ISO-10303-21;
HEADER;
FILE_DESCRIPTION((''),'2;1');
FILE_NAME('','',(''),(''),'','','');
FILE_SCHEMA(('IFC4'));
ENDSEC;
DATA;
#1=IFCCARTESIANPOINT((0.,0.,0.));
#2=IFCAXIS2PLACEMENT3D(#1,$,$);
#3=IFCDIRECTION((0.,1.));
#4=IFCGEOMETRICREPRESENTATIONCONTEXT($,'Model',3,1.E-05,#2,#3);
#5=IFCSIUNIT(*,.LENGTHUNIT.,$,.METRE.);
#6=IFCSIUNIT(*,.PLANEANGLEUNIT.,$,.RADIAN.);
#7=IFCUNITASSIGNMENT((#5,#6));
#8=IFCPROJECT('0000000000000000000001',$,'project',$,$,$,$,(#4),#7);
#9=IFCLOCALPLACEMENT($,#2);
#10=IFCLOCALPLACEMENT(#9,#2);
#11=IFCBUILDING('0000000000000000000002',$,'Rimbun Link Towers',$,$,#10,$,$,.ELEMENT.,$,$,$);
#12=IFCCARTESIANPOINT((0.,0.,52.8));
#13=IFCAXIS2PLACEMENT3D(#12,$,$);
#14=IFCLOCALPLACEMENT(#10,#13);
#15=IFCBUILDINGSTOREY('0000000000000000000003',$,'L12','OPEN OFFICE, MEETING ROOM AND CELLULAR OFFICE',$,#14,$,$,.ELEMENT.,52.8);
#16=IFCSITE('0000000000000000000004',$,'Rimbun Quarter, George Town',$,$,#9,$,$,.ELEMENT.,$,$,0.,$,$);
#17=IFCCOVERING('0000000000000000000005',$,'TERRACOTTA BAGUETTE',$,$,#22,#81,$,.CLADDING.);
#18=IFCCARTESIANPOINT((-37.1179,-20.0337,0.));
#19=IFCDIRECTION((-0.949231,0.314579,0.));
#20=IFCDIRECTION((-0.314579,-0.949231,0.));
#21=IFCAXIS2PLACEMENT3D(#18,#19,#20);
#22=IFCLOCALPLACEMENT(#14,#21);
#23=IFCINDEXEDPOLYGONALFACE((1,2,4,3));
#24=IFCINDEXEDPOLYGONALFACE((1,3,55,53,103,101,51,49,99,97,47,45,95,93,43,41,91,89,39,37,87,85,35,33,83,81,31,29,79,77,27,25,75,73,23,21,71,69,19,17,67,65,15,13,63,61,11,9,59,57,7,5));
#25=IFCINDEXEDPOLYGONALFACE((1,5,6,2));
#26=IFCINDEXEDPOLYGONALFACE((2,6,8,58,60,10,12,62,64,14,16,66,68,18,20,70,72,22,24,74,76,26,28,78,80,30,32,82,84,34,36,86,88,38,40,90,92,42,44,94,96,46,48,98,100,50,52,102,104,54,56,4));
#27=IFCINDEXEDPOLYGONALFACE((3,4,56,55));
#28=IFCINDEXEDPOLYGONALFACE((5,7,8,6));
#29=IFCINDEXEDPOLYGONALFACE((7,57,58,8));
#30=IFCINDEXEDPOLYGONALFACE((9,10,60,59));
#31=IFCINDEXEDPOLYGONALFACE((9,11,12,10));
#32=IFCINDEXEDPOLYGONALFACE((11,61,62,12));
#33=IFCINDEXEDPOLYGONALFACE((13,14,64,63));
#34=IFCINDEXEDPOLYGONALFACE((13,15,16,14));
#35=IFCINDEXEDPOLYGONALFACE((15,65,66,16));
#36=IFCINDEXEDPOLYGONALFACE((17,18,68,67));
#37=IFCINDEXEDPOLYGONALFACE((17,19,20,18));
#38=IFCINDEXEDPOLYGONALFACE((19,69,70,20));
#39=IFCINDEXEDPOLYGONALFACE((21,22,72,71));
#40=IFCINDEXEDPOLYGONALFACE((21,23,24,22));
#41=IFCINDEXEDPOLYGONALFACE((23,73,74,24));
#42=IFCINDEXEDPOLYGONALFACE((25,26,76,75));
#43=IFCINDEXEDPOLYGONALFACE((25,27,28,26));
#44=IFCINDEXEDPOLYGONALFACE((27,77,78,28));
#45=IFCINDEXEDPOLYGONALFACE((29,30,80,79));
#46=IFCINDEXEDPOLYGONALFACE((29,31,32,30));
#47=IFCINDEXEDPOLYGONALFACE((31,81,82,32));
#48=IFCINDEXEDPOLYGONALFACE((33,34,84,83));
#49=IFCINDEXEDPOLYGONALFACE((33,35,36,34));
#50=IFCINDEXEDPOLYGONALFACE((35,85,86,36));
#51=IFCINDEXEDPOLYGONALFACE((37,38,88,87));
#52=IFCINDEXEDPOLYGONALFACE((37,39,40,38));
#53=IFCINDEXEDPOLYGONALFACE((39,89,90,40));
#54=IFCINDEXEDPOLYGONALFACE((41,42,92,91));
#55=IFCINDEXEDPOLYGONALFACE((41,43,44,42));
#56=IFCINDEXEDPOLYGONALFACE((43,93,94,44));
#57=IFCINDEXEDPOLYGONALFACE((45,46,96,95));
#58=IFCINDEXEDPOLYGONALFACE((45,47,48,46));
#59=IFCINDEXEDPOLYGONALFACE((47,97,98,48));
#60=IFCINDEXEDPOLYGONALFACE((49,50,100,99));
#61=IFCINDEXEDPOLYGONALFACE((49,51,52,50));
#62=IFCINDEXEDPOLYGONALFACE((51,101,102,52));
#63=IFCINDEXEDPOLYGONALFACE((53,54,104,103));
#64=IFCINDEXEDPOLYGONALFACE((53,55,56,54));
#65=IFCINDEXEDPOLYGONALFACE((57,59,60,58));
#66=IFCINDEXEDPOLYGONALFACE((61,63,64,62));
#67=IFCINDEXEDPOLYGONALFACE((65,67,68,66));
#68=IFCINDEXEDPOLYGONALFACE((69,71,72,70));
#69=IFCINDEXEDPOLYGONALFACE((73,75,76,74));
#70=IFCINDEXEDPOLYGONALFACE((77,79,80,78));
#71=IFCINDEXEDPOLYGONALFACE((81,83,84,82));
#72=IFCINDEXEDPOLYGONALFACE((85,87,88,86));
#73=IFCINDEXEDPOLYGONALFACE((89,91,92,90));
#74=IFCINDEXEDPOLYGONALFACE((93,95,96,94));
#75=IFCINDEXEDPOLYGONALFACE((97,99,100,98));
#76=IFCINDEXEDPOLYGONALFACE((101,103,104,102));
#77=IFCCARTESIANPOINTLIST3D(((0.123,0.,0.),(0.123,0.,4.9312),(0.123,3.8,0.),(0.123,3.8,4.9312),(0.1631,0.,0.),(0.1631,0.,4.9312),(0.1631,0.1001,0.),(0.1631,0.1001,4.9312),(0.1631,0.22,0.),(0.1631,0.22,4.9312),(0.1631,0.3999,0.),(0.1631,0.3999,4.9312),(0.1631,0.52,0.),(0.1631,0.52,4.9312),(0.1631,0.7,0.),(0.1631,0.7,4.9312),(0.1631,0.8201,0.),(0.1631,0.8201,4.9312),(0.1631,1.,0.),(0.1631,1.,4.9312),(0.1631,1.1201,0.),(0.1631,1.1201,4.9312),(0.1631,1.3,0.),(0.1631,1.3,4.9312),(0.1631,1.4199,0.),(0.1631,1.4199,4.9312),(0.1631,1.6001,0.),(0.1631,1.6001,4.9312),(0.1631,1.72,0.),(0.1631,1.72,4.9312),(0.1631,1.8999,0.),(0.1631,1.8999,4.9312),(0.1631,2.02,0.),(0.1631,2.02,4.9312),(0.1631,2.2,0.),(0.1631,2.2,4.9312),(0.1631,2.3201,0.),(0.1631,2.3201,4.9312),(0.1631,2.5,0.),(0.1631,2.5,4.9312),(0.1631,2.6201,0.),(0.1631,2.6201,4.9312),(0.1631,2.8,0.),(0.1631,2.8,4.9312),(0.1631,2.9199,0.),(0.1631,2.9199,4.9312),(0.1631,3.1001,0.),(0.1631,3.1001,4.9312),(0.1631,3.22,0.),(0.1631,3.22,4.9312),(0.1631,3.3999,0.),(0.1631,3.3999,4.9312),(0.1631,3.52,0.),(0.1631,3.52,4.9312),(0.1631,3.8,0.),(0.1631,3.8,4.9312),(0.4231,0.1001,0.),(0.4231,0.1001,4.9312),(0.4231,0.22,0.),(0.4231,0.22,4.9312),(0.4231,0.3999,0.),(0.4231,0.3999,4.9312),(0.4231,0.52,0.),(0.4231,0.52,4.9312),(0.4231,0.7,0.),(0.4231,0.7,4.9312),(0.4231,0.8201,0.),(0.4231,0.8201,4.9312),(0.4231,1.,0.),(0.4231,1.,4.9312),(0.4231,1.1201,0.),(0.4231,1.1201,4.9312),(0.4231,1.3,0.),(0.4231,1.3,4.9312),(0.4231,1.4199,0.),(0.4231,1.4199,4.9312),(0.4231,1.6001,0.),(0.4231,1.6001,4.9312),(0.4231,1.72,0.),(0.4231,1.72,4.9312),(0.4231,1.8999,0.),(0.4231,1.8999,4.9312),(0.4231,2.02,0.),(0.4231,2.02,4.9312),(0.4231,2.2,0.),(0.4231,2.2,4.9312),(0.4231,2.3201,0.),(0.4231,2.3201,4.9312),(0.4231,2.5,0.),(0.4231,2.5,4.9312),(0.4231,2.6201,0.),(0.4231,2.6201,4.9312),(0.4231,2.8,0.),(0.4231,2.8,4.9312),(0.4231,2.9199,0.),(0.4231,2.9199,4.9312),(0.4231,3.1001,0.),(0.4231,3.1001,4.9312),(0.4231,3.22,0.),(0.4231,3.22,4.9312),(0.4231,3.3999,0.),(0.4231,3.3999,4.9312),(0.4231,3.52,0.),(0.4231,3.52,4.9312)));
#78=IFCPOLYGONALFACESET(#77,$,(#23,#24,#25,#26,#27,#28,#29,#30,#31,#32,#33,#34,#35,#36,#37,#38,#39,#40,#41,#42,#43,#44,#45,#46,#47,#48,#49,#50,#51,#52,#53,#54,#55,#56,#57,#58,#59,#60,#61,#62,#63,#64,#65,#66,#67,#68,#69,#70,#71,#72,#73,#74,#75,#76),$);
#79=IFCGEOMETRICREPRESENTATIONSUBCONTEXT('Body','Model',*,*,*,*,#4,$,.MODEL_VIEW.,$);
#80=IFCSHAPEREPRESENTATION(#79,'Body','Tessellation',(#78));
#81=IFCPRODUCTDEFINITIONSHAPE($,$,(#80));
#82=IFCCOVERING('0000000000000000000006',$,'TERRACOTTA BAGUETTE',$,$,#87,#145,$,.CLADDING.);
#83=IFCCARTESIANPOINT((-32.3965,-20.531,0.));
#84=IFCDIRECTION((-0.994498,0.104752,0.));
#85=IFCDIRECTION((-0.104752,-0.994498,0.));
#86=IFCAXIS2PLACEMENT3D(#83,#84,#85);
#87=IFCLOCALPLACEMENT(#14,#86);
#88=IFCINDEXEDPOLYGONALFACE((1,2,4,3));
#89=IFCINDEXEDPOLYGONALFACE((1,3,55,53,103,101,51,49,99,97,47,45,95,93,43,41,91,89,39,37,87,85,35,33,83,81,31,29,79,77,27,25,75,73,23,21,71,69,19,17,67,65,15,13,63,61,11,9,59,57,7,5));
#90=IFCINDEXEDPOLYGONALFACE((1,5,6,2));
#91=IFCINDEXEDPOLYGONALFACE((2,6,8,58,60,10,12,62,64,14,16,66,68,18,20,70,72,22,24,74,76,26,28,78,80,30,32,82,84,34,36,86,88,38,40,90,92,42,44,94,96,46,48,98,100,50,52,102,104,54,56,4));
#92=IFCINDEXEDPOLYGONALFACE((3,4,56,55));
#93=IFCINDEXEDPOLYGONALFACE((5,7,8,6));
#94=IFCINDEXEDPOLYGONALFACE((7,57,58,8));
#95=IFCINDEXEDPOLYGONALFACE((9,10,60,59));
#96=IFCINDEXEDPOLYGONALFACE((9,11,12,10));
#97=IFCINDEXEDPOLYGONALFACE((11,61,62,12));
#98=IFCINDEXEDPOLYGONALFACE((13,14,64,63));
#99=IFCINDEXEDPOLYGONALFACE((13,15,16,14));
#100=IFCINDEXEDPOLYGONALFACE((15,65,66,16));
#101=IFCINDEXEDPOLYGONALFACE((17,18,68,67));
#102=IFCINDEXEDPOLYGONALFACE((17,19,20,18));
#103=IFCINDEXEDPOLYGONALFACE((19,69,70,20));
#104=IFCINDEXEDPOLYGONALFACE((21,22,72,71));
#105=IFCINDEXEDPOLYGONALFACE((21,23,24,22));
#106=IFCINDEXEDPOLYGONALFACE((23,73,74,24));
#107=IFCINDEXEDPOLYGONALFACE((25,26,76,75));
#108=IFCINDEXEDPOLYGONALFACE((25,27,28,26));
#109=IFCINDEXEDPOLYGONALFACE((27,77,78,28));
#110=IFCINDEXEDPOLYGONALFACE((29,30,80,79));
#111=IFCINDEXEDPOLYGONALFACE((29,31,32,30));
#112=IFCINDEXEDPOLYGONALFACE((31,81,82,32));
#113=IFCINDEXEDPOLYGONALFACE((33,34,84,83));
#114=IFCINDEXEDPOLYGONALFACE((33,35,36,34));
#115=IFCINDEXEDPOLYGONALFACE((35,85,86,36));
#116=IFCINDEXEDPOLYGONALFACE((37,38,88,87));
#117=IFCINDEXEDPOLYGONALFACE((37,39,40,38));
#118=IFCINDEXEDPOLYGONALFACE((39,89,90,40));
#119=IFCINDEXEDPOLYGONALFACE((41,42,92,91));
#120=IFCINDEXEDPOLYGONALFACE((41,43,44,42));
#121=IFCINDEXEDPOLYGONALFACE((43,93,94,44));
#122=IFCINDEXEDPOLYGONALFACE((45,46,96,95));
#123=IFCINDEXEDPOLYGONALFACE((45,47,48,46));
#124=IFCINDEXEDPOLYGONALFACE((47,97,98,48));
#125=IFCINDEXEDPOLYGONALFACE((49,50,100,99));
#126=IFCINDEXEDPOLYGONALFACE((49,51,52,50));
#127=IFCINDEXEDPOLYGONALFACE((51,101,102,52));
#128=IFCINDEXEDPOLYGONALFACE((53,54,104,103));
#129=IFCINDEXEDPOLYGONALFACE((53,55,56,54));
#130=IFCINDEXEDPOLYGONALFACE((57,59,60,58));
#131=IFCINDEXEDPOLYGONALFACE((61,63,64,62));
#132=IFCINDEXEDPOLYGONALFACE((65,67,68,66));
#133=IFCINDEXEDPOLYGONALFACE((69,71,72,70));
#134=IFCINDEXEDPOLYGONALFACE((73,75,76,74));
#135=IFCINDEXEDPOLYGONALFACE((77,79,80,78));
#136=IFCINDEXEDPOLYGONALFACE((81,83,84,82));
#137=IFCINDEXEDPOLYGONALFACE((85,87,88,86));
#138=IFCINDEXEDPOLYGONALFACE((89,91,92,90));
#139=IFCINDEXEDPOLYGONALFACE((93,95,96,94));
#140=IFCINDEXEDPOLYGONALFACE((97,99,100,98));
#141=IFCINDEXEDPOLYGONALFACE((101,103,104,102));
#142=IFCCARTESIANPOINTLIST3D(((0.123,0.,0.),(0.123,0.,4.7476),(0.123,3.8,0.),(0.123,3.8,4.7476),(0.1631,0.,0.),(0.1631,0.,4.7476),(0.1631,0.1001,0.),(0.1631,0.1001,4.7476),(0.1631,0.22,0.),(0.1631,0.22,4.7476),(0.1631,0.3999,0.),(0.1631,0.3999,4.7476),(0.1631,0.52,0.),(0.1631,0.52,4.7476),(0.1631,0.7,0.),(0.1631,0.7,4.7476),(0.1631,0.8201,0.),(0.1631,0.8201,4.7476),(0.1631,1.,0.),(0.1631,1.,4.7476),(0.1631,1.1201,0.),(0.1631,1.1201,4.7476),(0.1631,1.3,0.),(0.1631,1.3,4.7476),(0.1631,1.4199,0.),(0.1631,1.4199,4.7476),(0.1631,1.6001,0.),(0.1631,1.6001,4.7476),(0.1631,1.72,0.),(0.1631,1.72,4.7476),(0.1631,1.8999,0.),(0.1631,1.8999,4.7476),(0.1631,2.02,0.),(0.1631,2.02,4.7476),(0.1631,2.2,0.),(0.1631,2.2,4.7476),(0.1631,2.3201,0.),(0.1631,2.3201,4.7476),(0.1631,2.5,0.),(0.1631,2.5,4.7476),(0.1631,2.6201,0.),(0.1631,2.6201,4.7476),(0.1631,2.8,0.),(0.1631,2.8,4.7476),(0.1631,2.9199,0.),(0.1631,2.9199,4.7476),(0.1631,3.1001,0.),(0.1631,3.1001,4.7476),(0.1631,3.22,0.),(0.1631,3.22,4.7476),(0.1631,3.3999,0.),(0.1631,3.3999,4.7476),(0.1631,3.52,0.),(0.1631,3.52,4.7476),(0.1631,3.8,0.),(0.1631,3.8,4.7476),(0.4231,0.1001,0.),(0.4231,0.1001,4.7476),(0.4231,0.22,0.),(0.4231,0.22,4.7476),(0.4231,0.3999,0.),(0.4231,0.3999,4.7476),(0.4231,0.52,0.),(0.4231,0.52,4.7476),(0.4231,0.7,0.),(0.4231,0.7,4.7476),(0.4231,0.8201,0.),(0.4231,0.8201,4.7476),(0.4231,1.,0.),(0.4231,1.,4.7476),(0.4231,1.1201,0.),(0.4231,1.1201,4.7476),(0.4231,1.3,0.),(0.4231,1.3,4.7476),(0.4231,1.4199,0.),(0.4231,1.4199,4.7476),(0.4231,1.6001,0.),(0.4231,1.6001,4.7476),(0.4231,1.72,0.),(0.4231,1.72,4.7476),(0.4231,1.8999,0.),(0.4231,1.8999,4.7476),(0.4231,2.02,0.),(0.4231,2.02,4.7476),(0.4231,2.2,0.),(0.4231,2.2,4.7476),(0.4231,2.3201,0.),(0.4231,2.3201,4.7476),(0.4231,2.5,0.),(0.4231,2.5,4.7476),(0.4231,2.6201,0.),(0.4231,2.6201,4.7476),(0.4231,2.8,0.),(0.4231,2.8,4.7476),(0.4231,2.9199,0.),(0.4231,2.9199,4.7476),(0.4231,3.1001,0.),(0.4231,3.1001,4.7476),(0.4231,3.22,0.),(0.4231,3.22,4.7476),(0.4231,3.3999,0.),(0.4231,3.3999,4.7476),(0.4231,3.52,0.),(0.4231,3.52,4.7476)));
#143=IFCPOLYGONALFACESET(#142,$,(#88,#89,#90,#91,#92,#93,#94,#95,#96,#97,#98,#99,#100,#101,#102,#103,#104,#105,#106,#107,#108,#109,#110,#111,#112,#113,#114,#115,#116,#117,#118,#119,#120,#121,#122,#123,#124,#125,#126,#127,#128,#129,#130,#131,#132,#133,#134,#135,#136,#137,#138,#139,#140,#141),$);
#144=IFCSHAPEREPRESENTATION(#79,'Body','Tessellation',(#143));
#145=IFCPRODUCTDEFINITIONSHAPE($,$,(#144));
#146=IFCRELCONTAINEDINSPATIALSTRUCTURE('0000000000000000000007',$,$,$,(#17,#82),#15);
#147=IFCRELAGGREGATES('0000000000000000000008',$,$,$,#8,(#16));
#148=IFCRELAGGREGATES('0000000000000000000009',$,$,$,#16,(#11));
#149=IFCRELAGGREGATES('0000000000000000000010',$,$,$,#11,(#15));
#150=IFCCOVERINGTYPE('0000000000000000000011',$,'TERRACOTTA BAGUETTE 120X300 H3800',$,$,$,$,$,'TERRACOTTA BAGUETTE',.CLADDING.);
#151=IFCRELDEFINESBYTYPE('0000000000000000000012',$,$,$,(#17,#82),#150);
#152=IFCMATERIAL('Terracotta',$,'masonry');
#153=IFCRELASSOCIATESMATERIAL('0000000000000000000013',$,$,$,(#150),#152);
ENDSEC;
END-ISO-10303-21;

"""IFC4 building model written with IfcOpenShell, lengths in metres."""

from ifc_helpers import new_model, si_unit, direction, frame, origin, place, context, subcontext, project, spatial, polyline, outline, extrude, material, material_profile, profile_set, type_object, element, save


model = new_model("IFC4")

# Units and contexts
model_context = context("Model", 3, precision=1e-05, world=origin(), true_north=direction((0.0, 1.0)))
body_context = subcontext(model_context, "Body", "Model", "MODEL_VIEW")
ifc_project = project(units=[si_unit("LENGTHUNIT", "METRE"), si_unit("PLANEANGLEUNIT", "RADIAN")], contexts=[model_context])

# Site, building, storey
site_placement = place(None, origin())
site = spatial("IfcSite", under=ifc_project, at=site_placement, Name="Rimbun Quarter, George Town", CompositionType="ELEMENT", RefElevation=0.0)
building_placement = place(site_placement, origin())
building = spatial("IfcBuilding", under=site, at=building_placement, Name="Rimbun Link Towers", CompositionType="ELEMENT")
storey_placement = place(building_placement, frame((0.0, 0.0, 52.8)))
storey = spatial("IfcBuildingStorey", under=building, at=storey_placement, Name="L12", Description="OPEN OFFICE, MEETING ROOM AND CELLULAR OFFICE", CompositionType="ELEMENT", Elevation=52.8)

# Coverings
ifc_material_1 = material(Name="Terracotta", Category="masonry")
ifc_material_profile_1 = material_profile(ifc_material_1, outline(polyline([(0.123, 0.0), (0.1631, 0.0), (0.1631, 0.1001), (0.4231, 0.1001), (0.4231, 0.22), (0.1631, 0.22), (0.1631, 0.3999), (0.4231, 0.3999), (0.4231, 0.52), (0.1631, 0.52), (0.1631, 0.7), (0.4231, 0.7), (0.4231, 0.8201), (0.1631, 0.8201), (0.1631, 1.0), (0.4231, 1.0), (0.4231, 1.1201), (0.1631, 1.1201), (0.1631, 1.3), (0.4231, 1.3), (0.4231, 1.4199), (0.1631, 1.4199), (0.1631, 1.6001), (0.4231, 1.6001), (0.4231, 1.72), (0.1631, 1.72), (0.1631, 1.8999), (0.4231, 1.8999), (0.4231, 2.02), (0.1631, 2.02), (0.1631, 2.2), (0.4231, 2.2), (0.4231, 2.3201), (0.1631, 2.3201), (0.1631, 2.5), (0.4231, 2.5), (0.4231, 2.6201), (0.1631, 2.6201), (0.1631, 2.8), (0.4231, 2.8), (0.4231, 2.9199), (0.1631, 2.9199), (0.1631, 3.1001), (0.4231, 3.1001), (0.4231, 3.22), (0.1631, 3.22), (0.1631, 3.3999), (0.4231, 3.3999), (0.4231, 3.52), (0.1631, 3.52), (0.1631, 3.8), (0.123, 3.8), (0.123, 0.0)])), Name="BAGUETTE 120X300")
ifc_profile_set_1 = profile_set([ifc_material_profile_1], Name="Terracotta")
covering_type = type_object("IfcCoveringType", Name="TERRACOTTA BAGUETTE 120X300 H3800", ElementType="TERRACOTTA BAGUETTE", PredefinedType="CLADDING", material=ifc_profile_set_1)
covering_1_placement = place(storey_placement, frame((-37.1179, -20.0337, 0.0), z_axis=(-0.949231, 0.314579, 0.0), x_axis=(-0.314579, -0.949231, 0.0)))
element("IfcCovering", 1, at=covering_1_placement, inside=storey, type_object=covering_type, Name="TERRACOTTA BAGUETTE", PredefinedType="CLADDING", context=body_context, shape_type="SweptSolid", body=[
    extrude(outline(polyline([(0.123, 0.0), (0.1631, 0.0), (0.1631, 0.1001), (0.4231, 0.1001), (0.4231, 0.22), (0.1631, 0.22), (0.1631, 0.3999), (0.4231, 0.3999), (0.4231, 0.52), (0.1631, 0.52), (0.1631, 0.7), (0.4231, 0.7), (0.4231, 0.8201), (0.1631, 0.8201), (0.1631, 1.0), (0.4231, 1.0), (0.4231, 1.1201), (0.1631, 1.1201), (0.1631, 1.3), (0.4231, 1.3), (0.4231, 1.4199), (0.1631, 1.4199), (0.1631, 1.6001), (0.4231, 1.6001), (0.4231, 1.72), (0.1631, 1.72), (0.1631, 1.8999), (0.4231, 1.8999), (0.4231, 2.02), (0.1631, 2.02), (0.1631, 2.2), (0.4231, 2.2), (0.4231, 2.3201), (0.1631, 2.3201), (0.1631, 2.5), (0.4231, 2.5), (0.4231, 2.6201), (0.1631, 2.6201), (0.1631, 2.8), (0.4231, 2.8), (0.4231, 2.9199), (0.1631, 2.9199), (0.1631, 3.1001), (0.4231, 3.1001), (0.4231, 3.22), (0.1631, 3.22), (0.1631, 3.3999), (0.4231, 3.3999), (0.4231, 3.52), (0.1631, 3.52), (0.1631, 3.8), (0.123, 3.8), (0.123, 0.0)])), origin(), (0.0, 0.0, 1.0), 4.9312),
])
covering_2_placement = place(storey_placement, frame((-32.3965, -20.531, 0.0), z_axis=(-0.994498, 0.104752, 0.0), x_axis=(-0.104752, -0.994498, 0.0)))
element("IfcCovering", 2, at=covering_2_placement, inside=storey, type_object=covering_type, Name="TERRACOTTA BAGUETTE", PredefinedType="CLADDING", context=body_context, shape_type="SweptSolid", body=[
    extrude(outline(polyline([(0.123, 0.0), (0.1631, 0.0), (0.1631, 0.1001), (0.4231, 0.1001), (0.4231, 0.22), (0.1631, 0.22), (0.1631, 0.3999), (0.4231, 0.3999), (0.4231, 0.52), (0.1631, 0.52), (0.1631, 0.7), (0.4231, 0.7), (0.4231, 0.8201), (0.1631, 0.8201), (0.1631, 1.0), (0.4231, 1.0), (0.4231, 1.1201), (0.1631, 1.1201), (0.1631, 1.3), (0.4231, 1.3), (0.4231, 1.4199), (0.1631, 1.4199), (0.1631, 1.6001), (0.4231, 1.6001), (0.4231, 1.72), (0.1631, 1.72), (0.1631, 1.8999), (0.4231, 1.8999), (0.4231, 2.02), (0.1631, 2.02), (0.1631, 2.2), (0.4231, 2.2), (0.4231, 2.3201), (0.1631, 2.3201), (0.1631, 2.5), (0.4231, 2.5), (0.4231, 2.6201), (0.1631, 2.6201), (0.1631, 2.8), (0.4231, 2.8), (0.4231, 2.9199), (0.1631, 2.9199), (0.1631, 3.1001), (0.4231, 3.1001), (0.4231, 3.22), (0.1631, 3.22), (0.1631, 3.3999), (0.4231, 3.3999), (0.4231, 3.52), (0.1631, 3.52), (0.1631, 3.8), (0.123, 3.8), (0.123, 0.0)])), origin(), (0.0, 0.0, 1.0), 4.7476),
])

save(model, "model.ifc")
